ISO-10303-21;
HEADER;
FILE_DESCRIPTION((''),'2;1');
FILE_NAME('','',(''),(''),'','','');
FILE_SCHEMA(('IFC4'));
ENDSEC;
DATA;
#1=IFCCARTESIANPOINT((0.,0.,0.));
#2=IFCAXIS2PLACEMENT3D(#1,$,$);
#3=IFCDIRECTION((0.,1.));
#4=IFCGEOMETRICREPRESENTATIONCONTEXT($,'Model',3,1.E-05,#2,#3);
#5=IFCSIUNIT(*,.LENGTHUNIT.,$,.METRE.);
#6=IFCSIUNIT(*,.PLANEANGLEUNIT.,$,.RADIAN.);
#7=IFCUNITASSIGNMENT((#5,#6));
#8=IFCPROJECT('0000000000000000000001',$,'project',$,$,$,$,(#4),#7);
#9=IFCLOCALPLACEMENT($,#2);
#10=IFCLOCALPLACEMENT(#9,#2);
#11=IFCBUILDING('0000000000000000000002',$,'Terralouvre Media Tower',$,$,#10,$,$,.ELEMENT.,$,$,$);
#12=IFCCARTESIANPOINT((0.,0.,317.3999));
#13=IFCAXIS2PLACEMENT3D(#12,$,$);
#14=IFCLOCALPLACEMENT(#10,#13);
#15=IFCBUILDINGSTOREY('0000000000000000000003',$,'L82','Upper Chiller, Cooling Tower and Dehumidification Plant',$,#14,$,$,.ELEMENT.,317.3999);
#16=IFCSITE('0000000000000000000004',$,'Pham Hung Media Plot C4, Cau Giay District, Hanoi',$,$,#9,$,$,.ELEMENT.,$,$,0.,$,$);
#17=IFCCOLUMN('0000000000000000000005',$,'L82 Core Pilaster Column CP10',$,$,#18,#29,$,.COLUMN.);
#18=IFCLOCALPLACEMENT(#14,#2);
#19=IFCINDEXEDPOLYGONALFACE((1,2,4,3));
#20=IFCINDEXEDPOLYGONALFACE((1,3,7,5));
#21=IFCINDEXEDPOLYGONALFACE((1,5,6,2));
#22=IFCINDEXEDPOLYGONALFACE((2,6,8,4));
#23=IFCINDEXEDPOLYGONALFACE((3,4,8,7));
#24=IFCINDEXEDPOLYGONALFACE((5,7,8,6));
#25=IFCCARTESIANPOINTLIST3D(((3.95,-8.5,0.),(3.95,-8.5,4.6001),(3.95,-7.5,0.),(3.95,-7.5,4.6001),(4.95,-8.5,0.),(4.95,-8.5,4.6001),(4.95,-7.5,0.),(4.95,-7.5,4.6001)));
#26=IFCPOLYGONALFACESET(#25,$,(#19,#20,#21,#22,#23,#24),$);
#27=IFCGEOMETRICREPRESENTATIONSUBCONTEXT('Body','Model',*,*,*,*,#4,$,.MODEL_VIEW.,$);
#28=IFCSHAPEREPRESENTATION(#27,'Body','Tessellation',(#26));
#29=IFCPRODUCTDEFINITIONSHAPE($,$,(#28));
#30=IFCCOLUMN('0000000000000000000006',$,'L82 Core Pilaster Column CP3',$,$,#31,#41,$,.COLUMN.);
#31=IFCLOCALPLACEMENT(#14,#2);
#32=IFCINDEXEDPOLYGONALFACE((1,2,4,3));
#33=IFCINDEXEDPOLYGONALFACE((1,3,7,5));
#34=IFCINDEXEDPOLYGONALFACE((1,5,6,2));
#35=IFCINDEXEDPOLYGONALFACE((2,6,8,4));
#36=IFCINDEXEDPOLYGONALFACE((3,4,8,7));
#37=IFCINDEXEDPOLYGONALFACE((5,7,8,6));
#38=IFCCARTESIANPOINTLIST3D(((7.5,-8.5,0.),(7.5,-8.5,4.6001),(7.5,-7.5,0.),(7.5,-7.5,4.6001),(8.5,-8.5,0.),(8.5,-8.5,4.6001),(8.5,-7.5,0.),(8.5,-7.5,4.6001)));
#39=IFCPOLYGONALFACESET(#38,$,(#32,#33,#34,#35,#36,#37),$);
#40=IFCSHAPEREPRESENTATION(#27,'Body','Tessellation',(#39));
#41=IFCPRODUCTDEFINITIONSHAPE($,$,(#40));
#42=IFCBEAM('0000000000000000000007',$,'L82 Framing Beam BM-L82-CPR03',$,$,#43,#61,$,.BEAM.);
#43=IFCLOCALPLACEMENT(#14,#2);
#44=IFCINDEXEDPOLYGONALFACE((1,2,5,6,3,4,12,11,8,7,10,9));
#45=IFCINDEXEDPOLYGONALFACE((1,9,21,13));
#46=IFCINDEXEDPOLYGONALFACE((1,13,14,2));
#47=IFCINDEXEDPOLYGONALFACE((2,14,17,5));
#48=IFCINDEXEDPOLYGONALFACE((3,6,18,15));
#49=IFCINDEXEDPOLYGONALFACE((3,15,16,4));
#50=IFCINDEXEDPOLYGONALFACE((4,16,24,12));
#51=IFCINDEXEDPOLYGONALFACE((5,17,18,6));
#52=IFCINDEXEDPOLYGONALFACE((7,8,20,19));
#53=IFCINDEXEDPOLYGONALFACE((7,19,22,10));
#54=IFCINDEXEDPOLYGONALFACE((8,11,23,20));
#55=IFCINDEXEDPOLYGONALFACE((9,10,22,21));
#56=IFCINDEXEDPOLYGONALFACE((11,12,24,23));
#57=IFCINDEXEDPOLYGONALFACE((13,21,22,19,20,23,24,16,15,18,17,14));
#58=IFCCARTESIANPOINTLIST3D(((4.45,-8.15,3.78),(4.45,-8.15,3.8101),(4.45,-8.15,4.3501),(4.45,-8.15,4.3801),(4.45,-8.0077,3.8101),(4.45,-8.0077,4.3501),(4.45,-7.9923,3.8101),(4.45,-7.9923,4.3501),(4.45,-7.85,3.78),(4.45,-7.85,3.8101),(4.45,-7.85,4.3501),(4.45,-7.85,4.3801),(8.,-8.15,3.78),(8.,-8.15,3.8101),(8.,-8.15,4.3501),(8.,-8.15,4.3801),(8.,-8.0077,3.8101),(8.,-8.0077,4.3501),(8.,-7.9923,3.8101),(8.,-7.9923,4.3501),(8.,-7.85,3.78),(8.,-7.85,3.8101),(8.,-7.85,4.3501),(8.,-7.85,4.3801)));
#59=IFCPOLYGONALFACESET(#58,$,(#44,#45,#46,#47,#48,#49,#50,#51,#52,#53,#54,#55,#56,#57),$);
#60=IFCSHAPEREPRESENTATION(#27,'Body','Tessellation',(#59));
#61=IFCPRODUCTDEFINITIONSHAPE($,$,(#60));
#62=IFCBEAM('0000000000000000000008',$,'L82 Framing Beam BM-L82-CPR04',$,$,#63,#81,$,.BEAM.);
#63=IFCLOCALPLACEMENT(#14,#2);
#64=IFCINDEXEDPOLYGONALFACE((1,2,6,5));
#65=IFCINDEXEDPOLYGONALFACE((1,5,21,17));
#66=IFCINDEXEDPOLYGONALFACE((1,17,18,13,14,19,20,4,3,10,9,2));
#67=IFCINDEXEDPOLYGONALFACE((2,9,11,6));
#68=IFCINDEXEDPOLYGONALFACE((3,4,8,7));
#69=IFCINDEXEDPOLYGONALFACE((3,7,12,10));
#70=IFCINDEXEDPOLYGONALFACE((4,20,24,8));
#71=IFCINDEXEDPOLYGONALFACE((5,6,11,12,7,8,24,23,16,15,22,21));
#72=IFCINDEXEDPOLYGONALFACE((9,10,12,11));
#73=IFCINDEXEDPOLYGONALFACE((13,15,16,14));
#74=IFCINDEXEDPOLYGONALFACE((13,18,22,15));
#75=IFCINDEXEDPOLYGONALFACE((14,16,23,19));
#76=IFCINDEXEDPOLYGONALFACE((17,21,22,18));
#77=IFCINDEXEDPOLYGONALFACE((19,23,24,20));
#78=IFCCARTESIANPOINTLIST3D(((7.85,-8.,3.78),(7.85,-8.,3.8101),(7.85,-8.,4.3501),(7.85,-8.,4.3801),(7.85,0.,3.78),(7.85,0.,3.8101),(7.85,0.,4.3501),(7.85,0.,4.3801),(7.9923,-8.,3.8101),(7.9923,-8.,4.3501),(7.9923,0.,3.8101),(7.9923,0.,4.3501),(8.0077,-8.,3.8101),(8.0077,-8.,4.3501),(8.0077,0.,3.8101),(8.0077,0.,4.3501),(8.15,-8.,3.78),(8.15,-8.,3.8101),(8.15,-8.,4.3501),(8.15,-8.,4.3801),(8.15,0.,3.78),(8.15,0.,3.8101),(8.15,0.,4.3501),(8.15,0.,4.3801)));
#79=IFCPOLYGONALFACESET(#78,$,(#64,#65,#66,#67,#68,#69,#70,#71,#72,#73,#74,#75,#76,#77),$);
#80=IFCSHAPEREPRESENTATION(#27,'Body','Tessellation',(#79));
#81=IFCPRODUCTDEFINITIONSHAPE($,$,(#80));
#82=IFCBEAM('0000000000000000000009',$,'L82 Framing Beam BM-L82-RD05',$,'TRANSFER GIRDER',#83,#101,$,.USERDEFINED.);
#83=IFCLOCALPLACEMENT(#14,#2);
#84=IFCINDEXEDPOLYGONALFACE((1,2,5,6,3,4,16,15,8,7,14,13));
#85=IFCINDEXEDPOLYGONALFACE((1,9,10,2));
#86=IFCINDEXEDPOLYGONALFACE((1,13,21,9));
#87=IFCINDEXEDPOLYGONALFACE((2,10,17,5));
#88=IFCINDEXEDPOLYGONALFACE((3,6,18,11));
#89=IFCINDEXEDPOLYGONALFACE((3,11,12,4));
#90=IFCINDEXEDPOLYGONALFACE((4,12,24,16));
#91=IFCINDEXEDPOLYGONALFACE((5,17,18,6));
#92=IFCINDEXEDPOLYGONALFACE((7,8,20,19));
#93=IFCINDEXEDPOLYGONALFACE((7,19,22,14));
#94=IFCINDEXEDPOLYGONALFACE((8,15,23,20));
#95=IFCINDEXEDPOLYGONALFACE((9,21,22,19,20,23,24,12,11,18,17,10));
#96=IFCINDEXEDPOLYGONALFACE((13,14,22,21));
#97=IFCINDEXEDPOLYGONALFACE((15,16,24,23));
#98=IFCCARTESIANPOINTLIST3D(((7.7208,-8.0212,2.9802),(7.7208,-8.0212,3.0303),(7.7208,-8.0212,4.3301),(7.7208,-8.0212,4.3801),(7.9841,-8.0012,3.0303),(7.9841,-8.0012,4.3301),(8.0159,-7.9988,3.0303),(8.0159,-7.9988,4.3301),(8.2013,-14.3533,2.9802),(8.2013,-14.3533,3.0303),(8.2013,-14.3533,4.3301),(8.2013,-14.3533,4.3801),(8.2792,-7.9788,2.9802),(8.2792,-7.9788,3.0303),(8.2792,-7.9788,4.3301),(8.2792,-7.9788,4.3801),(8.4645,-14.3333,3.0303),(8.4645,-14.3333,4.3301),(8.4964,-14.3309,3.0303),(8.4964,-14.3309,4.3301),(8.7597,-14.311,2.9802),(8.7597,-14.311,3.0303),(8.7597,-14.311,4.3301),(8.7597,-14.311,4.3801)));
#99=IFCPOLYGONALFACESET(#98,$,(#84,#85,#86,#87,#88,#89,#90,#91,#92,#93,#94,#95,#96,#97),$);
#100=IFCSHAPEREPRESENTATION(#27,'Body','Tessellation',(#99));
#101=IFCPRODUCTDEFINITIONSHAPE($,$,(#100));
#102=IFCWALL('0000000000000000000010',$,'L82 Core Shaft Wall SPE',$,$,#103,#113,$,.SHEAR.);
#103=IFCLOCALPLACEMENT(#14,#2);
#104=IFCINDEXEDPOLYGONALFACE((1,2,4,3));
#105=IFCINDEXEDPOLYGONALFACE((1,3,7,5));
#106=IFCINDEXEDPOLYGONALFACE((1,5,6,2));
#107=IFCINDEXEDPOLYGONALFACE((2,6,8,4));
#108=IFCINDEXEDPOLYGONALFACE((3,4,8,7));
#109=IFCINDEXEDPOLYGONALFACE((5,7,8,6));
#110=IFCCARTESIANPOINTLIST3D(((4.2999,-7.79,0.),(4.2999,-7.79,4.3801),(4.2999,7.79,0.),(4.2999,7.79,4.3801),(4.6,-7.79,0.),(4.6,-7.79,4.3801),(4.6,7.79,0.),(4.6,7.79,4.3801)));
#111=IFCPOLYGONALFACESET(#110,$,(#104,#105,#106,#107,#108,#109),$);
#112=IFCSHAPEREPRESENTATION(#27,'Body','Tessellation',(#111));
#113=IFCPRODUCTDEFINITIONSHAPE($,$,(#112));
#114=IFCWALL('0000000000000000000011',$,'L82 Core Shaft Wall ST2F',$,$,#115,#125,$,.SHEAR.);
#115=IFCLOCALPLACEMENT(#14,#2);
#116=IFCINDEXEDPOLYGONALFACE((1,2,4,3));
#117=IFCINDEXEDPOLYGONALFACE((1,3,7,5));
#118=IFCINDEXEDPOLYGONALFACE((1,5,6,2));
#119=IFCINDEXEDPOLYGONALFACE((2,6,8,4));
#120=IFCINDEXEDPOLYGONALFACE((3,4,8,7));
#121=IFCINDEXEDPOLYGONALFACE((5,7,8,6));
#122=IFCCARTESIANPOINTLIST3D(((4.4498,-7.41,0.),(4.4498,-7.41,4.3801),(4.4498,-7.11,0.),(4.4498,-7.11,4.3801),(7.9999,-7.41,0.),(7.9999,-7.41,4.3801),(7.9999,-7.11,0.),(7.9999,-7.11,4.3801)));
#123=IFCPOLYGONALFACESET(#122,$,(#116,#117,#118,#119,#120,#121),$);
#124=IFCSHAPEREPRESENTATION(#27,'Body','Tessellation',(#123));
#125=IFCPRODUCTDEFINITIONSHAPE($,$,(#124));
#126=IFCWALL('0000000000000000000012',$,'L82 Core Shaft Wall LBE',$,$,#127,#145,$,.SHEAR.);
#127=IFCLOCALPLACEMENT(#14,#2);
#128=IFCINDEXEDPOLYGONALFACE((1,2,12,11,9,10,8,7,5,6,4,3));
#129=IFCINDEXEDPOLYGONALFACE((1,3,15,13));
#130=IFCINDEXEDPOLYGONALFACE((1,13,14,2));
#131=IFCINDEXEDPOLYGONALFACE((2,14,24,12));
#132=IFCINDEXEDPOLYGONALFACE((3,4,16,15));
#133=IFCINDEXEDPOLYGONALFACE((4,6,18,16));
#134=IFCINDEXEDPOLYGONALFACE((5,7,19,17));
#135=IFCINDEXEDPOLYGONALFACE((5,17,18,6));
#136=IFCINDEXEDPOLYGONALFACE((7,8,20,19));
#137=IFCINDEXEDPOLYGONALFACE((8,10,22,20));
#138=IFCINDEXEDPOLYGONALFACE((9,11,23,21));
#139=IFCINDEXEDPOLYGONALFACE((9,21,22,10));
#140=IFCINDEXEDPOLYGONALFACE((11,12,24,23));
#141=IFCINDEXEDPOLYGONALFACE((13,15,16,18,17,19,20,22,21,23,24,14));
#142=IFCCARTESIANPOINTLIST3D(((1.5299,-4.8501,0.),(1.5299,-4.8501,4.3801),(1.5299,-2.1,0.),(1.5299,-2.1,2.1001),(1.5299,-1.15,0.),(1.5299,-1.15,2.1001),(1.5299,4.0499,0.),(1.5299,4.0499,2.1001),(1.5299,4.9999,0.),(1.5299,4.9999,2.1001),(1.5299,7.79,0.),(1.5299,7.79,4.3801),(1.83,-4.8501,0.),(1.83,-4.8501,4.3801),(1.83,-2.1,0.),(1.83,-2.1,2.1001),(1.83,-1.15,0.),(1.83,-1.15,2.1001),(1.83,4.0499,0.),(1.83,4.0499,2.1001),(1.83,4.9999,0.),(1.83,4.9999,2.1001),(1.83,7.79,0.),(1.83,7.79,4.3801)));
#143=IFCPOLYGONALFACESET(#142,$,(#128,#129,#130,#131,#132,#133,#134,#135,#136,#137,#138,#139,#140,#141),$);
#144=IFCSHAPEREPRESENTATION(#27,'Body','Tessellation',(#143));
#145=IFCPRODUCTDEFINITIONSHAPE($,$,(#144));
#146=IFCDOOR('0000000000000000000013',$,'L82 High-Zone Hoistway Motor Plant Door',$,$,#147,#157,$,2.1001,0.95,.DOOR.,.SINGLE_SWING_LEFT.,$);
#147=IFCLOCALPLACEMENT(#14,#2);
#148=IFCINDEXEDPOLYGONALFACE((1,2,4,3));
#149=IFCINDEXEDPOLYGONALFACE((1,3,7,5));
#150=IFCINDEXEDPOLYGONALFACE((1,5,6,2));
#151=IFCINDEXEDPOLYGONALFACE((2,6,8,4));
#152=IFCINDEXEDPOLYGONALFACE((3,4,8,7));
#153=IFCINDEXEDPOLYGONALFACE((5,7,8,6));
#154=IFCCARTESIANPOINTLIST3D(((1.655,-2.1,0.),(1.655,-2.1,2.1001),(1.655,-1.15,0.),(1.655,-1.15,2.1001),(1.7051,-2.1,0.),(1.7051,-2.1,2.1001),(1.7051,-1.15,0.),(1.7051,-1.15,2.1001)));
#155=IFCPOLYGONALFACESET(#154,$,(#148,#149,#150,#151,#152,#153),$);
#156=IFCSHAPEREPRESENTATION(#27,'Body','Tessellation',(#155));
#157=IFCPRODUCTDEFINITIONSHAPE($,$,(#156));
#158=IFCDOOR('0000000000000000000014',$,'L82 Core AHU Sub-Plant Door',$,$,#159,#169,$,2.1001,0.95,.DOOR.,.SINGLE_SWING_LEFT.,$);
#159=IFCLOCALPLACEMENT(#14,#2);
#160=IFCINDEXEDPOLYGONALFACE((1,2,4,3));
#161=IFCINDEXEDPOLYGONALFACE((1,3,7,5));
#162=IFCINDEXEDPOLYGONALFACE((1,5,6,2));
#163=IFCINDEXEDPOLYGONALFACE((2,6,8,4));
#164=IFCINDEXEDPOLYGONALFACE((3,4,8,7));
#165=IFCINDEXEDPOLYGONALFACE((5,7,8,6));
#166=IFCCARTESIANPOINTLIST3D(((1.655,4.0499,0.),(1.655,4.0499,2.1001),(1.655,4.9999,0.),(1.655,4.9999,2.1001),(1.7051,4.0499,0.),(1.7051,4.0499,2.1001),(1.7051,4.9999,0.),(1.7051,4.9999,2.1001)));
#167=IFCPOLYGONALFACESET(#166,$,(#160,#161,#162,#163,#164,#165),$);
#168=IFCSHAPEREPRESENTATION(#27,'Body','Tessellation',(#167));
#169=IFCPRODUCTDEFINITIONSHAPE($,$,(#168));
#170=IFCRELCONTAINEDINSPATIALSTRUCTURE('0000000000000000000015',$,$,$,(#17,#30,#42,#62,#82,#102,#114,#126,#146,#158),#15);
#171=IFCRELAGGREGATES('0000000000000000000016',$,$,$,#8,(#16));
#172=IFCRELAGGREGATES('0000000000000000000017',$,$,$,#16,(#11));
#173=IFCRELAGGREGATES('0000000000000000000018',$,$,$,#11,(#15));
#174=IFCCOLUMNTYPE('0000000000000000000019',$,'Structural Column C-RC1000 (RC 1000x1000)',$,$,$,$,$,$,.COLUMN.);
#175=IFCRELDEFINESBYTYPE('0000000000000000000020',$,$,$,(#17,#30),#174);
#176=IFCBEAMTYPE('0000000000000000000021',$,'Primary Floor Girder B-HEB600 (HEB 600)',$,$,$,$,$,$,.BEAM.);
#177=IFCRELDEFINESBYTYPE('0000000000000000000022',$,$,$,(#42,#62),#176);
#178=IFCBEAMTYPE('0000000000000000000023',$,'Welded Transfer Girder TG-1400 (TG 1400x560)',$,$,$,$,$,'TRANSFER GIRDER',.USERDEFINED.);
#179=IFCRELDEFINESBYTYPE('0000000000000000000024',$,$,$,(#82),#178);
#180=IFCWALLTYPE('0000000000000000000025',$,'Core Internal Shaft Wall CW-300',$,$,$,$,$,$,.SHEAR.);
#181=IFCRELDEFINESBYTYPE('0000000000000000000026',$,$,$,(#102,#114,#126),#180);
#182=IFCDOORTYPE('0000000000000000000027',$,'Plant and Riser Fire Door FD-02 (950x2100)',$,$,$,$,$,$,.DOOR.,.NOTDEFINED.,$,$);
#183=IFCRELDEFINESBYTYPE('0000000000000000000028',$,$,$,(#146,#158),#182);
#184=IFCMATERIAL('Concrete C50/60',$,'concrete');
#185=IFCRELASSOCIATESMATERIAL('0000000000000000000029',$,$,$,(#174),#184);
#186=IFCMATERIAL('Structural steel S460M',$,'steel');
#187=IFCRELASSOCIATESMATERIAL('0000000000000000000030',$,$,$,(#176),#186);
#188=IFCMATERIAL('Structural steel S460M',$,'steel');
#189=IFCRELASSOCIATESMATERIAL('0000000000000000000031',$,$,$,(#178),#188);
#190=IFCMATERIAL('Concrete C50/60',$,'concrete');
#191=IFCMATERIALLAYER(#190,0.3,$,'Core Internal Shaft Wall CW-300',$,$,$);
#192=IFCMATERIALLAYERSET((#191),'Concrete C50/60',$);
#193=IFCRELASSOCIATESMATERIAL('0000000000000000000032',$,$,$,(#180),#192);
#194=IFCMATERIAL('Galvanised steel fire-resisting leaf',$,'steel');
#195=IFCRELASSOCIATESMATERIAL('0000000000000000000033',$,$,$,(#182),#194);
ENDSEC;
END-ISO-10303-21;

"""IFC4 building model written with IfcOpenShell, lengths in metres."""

from ifc_helpers import new_model, si_unit, direction, frame, frame_2d, origin, origin_2d, place, context, subcontext, project, spatial, rectangle, i_section, extrude, material, layer, layer_set, material_profile, profile_set, type_object, element, fill, save


model = new_model("IFC4")

# Units and contexts
model_context = context("Model", 3, precision=1e-05, world=origin(), true_north=direction((0.0, 1.0)))
body_context = subcontext(model_context, "Body", "Model", "MODEL_VIEW")
ifc_project = project(units=[si_unit("LENGTHUNIT", "METRE"), si_unit("PLANEANGLEUNIT", "RADIAN")], contexts=[model_context])

# Site, building, storey
site_placement = place(None, origin())
site = spatial("IfcSite", under=ifc_project, at=site_placement, Name="Pham Hung Media Plot C4, Cau Giay District, Hanoi", CompositionType="ELEMENT", RefElevation=0.0)
building_placement = place(site_placement, origin())
building = spatial("IfcBuilding", under=site, at=building_placement, Name="Terralouvre Media Tower", CompositionType="ELEMENT")
storey_placement = place(building_placement, frame((0.0, 0.0, 317.3999)))
storey = spatial("IfcBuildingStorey", under=building, at=storey_placement, Name="L82", Description="Upper Chiller, Cooling Tower and Dehumidification Plant", CompositionType="ELEMENT", Elevation=317.3999)

# Columns
ifc_material_1 = material(Name="Concrete C50/60", Category="concrete")
ifc_material_profile_1 = material_profile(ifc_material_1, rectangle(XDim=1.0, YDim=1.0, at=origin_2d()), Name="RC 1000x1000")
ifc_profile_set_1 = profile_set([ifc_material_profile_1], Name="Concrete C50/60")
column_type = type_object("IfcColumnType", Name="Structural Column C-RC1000 (RC 1000x1000)", PredefinedType="COLUMN", material=ifc_profile_set_1)
for number, where, z_axis, x_axis, name in (
    (1, (4.45, -8.0, 0.0), (0.0, 0.0, 1.0), (1.0, 0.0, 0.0), "L82 Core Pilaster Column CP10"),
    (2, (8.0, -8.0, 0.0), (0.0, 0.0, 1.0), (1.0, 0.0, 0.0), "L82 Core Pilaster Column CP3"),
):
    element("IfcColumn", number, at=place(storey_placement, frame(where, z_axis=z_axis, x_axis=x_axis)), inside=storey, type_object=column_type, Name=name, PredefinedType="COLUMN", context=body_context, shape_type="SweptSolid", body=[
        extrude(rectangle(XDim=1.0, YDim=1.0, at=origin_2d()), origin(), (0.0, 0.0, 1.0), 4.6001),
    ])

# Beams
ifc_material_2 = material(Name="Structural steel S460M", Category="steel")
ifc_material_profile_2 = material_profile(ifc_material_2, i_section(OverallWidth=0.3, OverallDepth=0.6001, WebThickness=0.0154, FlangeThickness=0.03, at=origin_2d()), Name="HEB 600")
ifc_profile_set_2 = profile_set([ifc_material_profile_2], Name="Structural steel S460M")
beam_type_1 = type_object("IfcBeamType", Name="Primary Floor Girder B-HEB600 (HEB 600)", PredefinedType="BEAM", material=ifc_profile_set_2)
beam_1_placement = place(storey_placement, frame((4.45, -8.0, 4.0801), z_axis=(1.0, 0.0, 0.0), x_axis=(0.0, 1.0, 0.0)))
element("IfcBeam", 3, at=beam_1_placement, inside=storey, type_object=beam_type_1, Name="L82 Framing Beam BM-L82-CPR03", PredefinedType="BEAM", context=body_context, shape_type="SweptSolid", body=[
    extrude(i_section(OverallWidth=0.3, OverallDepth=0.6001, WebThickness=0.0154, FlangeThickness=0.03, at=origin_2d()), origin(), (0.0, 0.0, 1.0), 3.55),
])
beam_2_placement = place(storey_placement, frame((8.0, -8.0, 4.0801), z_axis=(0.0, 1.0, 0.0), x_axis=(-1.0, 0.0, 0.0)))
element("IfcBeam", 4, at=beam_2_placement, inside=storey, type_object=beam_type_1, Name="L82 Framing Beam BM-L82-CPR04", PredefinedType="BEAM", context=body_context, shape_type="SweptSolid", body=[
    extrude(i_section(OverallWidth=0.3, OverallDepth=0.6001, WebThickness=0.0154, FlangeThickness=0.03, at=origin_2d()), origin(), (0.0, 0.0, 1.0), 8.0),
])
ifc_material_3 = material(Name="Structural steel S460M", Category="steel")
ifc_material_profile_3 = material_profile(ifc_material_3, i_section(OverallWidth=0.5601, OverallDepth=1.3999, WebThickness=0.032, FlangeThickness=0.05, at=origin_2d()), Name="TG 1400x560")
ifc_profile_set_3 = profile_set([ifc_material_profile_3], Name="Structural steel S460M")
beam_type_2 = type_object("IfcBeamType", Name="Welded Transfer Girder TG-1400 (TG 1400x560)", ElementType="TRANSFER GIRDER", PredefinedType="USERDEFINED", material=ifc_profile_set_3)
beam_3_placement = place(storey_placement, frame((8.0, -8.0, 3.6802), z_axis=(0.075662, -0.997134, 0.0), x_axis=(0.997134, 0.075662, 0.0)))
element("IfcBeam", 5, at=beam_3_placement, inside=storey, type_object=beam_type_2, Name="L82 Framing Beam BM-L82-RD05", ObjectType="TRANSFER GIRDER", PredefinedType="USERDEFINED", context=body_context, shape_type="SweptSolid", body=[
    extrude(i_section(OverallWidth=0.5601, OverallDepth=1.3999, WebThickness=0.032, FlangeThickness=0.05, at=origin_2d()), origin(), (0.0, 0.0, 1.0), 6.3503),
])

# Wall
ifc_material_4 = material(Name="Concrete C50/60", Category="concrete")
ifc_layer_1 = layer(ifc_material_4, 0.3, Name="Core Internal Shaft Wall CW-300")
ifc_layer_set_1 = layer_set([ifc_layer_1], Name="Concrete C50/60")
wall_type = type_object("IfcWallType", Name="Core Internal Shaft Wall CW-300", PredefinedType="SHEAR", material=ifc_layer_set_1)
wall_1_placement = place(storey_placement, frame((4.45, -7.79, 0.0), z_axis=(0.0, 0.0, 1.0), x_axis=(0.0, 1.0, 0.0)))
element("IfcWall", 6, at=wall_1_placement, inside=storey, type_object=wall_type, Name="L82 Core Shaft Wall SPE", PredefinedType="SHEAR", context=body_context, shape_type="SweptSolid", body=[
    extrude(rectangle(XDim=15.5801, YDim=0.3, at=frame_2d((7.79, 0.0))), origin(), (0.0, 0.0, 1.0), 4.3801),
])

# Wall
wall_2_placement = place(storey_placement, frame((4.45, -7.26, 0.0), z_axis=(0.0, 0.0, 1.0), x_axis=(1.0, 0.0, 0.0)))
element("IfcWall", 7, at=wall_2_placement, inside=storey, type_object=wall_type, Name="L82 Core Shaft Wall ST2F", PredefinedType="SHEAR", context=body_context, shape_type="SweptSolid", body=[
    extrude(rectangle(XDim=3.55, YDim=0.3, at=frame_2d((1.7749, 0.0))), origin(), (0.0, 0.0, 1.0), 4.3801),
])

# Wall, openings, doors
wall_3_placement = place(storey_placement, frame((1.6799, -4.8501, 0.0), z_axis=(0.0, 0.0, 1.0), x_axis=(0.0, 1.0, 0.0)))
wall_3 = element("IfcWall", 8, at=wall_3_placement, inside=storey, type_object=wall_type, Name="L82 Core Shaft Wall LBE", PredefinedType="SHEAR", context=body_context, shape_type="SweptSolid", body=[
    extrude(rectangle(XDim=12.6401, YDim=0.3, at=frame_2d((6.3201, 0.0))), origin(), (0.0, 0.0, 1.0), 4.3801),
])
opening_1_placement = place(wall_3_placement, frame((2.75, 0.0, 0.0)))
opening_1 = element("IfcOpeningElement", 9, at=opening_1_placement, cuts=wall_3, PredefinedType="OPENING", context=body_context, shape_type="SweptSolid", body=[
    extrude(rectangle(XDim=0.95, YDim=2.1001, at=frame_2d((0.4751, 1.05))), frame((0.0, 0.1599, 0.0), z_axis=(0.0, -1.0, 0.0), x_axis=(1.0, 0.0, 0.0)), (0.0, 0.0, 1.0), 0.3201),
])
opening_2_placement = place(wall_3_placement, frame((8.8999, 0.0, 0.0)))
opening_2 = element("IfcOpeningElement", 10, at=opening_2_placement, cuts=wall_3, PredefinedType="OPENING", context=body_context, shape_type="SweptSolid", body=[
    extrude(rectangle(XDim=0.95, YDim=2.1001, at=frame_2d((0.4751, 1.05))), frame((0.0, 0.1599, 0.0), z_axis=(0.0, -1.0, 0.0), x_axis=(1.0, 0.0, 0.0)), (0.0, 0.0, 1.0), 0.3201),
])
ifc_material_5 = material(Name="Galvanised steel fire-resisting leaf", Category="steel")
door_type_1 = type_object("IfcDoorType", Name="Plant and Riser Fire Door FD-02 (950x2100)", OperationType="NOTDEFINED", PredefinedType="DOOR", material=ifc_material_5)
door_1_placement = place(opening_1_placement, origin())
door_1 = element("IfcDoor", 11, at=door_1_placement, inside=storey, type_object=door_type_1, Name="L82 High-Zone Hoistway Motor Plant Door", OperationType="SINGLE_SWING_LEFT", OverallHeight=2.1001, OverallWidth=0.95, PredefinedType="DOOR", context=body_context, shape_type="SweptSolid", body=[
    extrude(rectangle(XDim=0.95, YDim=2.1001, at=frame_2d((0.4751, 1.05))), frame((0.0, 0.0249, 0.0), z_axis=(0.0, -1.0, 0.0), x_axis=(1.0, 0.0, 0.0)), (0.0, 0.0, 1.0), 0.05),
])
fill(opening_1, door_1)
door_2_placement = place(opening_2_placement, origin())
door_2 = element("IfcDoor", 12, at=door_2_placement, inside=storey, type_object=door_type_1, Name="L82 Core AHU Sub-Plant Door", OperationType="SINGLE_SWING_LEFT", OverallHeight=2.1001, OverallWidth=0.95, PredefinedType="DOOR", context=body_context, shape_type="SweptSolid", body=[
    extrude(rectangle(XDim=0.95, YDim=2.1001, at=frame_2d((0.4751, 1.05))), frame((0.0, 0.0249, 0.0), z_axis=(0.0, -1.0, 0.0), x_axis=(1.0, 0.0, 0.0)), (0.0, 0.0, 1.0), 0.05),
])
fill(opening_2, door_2)

save(model, "model.ifc")
